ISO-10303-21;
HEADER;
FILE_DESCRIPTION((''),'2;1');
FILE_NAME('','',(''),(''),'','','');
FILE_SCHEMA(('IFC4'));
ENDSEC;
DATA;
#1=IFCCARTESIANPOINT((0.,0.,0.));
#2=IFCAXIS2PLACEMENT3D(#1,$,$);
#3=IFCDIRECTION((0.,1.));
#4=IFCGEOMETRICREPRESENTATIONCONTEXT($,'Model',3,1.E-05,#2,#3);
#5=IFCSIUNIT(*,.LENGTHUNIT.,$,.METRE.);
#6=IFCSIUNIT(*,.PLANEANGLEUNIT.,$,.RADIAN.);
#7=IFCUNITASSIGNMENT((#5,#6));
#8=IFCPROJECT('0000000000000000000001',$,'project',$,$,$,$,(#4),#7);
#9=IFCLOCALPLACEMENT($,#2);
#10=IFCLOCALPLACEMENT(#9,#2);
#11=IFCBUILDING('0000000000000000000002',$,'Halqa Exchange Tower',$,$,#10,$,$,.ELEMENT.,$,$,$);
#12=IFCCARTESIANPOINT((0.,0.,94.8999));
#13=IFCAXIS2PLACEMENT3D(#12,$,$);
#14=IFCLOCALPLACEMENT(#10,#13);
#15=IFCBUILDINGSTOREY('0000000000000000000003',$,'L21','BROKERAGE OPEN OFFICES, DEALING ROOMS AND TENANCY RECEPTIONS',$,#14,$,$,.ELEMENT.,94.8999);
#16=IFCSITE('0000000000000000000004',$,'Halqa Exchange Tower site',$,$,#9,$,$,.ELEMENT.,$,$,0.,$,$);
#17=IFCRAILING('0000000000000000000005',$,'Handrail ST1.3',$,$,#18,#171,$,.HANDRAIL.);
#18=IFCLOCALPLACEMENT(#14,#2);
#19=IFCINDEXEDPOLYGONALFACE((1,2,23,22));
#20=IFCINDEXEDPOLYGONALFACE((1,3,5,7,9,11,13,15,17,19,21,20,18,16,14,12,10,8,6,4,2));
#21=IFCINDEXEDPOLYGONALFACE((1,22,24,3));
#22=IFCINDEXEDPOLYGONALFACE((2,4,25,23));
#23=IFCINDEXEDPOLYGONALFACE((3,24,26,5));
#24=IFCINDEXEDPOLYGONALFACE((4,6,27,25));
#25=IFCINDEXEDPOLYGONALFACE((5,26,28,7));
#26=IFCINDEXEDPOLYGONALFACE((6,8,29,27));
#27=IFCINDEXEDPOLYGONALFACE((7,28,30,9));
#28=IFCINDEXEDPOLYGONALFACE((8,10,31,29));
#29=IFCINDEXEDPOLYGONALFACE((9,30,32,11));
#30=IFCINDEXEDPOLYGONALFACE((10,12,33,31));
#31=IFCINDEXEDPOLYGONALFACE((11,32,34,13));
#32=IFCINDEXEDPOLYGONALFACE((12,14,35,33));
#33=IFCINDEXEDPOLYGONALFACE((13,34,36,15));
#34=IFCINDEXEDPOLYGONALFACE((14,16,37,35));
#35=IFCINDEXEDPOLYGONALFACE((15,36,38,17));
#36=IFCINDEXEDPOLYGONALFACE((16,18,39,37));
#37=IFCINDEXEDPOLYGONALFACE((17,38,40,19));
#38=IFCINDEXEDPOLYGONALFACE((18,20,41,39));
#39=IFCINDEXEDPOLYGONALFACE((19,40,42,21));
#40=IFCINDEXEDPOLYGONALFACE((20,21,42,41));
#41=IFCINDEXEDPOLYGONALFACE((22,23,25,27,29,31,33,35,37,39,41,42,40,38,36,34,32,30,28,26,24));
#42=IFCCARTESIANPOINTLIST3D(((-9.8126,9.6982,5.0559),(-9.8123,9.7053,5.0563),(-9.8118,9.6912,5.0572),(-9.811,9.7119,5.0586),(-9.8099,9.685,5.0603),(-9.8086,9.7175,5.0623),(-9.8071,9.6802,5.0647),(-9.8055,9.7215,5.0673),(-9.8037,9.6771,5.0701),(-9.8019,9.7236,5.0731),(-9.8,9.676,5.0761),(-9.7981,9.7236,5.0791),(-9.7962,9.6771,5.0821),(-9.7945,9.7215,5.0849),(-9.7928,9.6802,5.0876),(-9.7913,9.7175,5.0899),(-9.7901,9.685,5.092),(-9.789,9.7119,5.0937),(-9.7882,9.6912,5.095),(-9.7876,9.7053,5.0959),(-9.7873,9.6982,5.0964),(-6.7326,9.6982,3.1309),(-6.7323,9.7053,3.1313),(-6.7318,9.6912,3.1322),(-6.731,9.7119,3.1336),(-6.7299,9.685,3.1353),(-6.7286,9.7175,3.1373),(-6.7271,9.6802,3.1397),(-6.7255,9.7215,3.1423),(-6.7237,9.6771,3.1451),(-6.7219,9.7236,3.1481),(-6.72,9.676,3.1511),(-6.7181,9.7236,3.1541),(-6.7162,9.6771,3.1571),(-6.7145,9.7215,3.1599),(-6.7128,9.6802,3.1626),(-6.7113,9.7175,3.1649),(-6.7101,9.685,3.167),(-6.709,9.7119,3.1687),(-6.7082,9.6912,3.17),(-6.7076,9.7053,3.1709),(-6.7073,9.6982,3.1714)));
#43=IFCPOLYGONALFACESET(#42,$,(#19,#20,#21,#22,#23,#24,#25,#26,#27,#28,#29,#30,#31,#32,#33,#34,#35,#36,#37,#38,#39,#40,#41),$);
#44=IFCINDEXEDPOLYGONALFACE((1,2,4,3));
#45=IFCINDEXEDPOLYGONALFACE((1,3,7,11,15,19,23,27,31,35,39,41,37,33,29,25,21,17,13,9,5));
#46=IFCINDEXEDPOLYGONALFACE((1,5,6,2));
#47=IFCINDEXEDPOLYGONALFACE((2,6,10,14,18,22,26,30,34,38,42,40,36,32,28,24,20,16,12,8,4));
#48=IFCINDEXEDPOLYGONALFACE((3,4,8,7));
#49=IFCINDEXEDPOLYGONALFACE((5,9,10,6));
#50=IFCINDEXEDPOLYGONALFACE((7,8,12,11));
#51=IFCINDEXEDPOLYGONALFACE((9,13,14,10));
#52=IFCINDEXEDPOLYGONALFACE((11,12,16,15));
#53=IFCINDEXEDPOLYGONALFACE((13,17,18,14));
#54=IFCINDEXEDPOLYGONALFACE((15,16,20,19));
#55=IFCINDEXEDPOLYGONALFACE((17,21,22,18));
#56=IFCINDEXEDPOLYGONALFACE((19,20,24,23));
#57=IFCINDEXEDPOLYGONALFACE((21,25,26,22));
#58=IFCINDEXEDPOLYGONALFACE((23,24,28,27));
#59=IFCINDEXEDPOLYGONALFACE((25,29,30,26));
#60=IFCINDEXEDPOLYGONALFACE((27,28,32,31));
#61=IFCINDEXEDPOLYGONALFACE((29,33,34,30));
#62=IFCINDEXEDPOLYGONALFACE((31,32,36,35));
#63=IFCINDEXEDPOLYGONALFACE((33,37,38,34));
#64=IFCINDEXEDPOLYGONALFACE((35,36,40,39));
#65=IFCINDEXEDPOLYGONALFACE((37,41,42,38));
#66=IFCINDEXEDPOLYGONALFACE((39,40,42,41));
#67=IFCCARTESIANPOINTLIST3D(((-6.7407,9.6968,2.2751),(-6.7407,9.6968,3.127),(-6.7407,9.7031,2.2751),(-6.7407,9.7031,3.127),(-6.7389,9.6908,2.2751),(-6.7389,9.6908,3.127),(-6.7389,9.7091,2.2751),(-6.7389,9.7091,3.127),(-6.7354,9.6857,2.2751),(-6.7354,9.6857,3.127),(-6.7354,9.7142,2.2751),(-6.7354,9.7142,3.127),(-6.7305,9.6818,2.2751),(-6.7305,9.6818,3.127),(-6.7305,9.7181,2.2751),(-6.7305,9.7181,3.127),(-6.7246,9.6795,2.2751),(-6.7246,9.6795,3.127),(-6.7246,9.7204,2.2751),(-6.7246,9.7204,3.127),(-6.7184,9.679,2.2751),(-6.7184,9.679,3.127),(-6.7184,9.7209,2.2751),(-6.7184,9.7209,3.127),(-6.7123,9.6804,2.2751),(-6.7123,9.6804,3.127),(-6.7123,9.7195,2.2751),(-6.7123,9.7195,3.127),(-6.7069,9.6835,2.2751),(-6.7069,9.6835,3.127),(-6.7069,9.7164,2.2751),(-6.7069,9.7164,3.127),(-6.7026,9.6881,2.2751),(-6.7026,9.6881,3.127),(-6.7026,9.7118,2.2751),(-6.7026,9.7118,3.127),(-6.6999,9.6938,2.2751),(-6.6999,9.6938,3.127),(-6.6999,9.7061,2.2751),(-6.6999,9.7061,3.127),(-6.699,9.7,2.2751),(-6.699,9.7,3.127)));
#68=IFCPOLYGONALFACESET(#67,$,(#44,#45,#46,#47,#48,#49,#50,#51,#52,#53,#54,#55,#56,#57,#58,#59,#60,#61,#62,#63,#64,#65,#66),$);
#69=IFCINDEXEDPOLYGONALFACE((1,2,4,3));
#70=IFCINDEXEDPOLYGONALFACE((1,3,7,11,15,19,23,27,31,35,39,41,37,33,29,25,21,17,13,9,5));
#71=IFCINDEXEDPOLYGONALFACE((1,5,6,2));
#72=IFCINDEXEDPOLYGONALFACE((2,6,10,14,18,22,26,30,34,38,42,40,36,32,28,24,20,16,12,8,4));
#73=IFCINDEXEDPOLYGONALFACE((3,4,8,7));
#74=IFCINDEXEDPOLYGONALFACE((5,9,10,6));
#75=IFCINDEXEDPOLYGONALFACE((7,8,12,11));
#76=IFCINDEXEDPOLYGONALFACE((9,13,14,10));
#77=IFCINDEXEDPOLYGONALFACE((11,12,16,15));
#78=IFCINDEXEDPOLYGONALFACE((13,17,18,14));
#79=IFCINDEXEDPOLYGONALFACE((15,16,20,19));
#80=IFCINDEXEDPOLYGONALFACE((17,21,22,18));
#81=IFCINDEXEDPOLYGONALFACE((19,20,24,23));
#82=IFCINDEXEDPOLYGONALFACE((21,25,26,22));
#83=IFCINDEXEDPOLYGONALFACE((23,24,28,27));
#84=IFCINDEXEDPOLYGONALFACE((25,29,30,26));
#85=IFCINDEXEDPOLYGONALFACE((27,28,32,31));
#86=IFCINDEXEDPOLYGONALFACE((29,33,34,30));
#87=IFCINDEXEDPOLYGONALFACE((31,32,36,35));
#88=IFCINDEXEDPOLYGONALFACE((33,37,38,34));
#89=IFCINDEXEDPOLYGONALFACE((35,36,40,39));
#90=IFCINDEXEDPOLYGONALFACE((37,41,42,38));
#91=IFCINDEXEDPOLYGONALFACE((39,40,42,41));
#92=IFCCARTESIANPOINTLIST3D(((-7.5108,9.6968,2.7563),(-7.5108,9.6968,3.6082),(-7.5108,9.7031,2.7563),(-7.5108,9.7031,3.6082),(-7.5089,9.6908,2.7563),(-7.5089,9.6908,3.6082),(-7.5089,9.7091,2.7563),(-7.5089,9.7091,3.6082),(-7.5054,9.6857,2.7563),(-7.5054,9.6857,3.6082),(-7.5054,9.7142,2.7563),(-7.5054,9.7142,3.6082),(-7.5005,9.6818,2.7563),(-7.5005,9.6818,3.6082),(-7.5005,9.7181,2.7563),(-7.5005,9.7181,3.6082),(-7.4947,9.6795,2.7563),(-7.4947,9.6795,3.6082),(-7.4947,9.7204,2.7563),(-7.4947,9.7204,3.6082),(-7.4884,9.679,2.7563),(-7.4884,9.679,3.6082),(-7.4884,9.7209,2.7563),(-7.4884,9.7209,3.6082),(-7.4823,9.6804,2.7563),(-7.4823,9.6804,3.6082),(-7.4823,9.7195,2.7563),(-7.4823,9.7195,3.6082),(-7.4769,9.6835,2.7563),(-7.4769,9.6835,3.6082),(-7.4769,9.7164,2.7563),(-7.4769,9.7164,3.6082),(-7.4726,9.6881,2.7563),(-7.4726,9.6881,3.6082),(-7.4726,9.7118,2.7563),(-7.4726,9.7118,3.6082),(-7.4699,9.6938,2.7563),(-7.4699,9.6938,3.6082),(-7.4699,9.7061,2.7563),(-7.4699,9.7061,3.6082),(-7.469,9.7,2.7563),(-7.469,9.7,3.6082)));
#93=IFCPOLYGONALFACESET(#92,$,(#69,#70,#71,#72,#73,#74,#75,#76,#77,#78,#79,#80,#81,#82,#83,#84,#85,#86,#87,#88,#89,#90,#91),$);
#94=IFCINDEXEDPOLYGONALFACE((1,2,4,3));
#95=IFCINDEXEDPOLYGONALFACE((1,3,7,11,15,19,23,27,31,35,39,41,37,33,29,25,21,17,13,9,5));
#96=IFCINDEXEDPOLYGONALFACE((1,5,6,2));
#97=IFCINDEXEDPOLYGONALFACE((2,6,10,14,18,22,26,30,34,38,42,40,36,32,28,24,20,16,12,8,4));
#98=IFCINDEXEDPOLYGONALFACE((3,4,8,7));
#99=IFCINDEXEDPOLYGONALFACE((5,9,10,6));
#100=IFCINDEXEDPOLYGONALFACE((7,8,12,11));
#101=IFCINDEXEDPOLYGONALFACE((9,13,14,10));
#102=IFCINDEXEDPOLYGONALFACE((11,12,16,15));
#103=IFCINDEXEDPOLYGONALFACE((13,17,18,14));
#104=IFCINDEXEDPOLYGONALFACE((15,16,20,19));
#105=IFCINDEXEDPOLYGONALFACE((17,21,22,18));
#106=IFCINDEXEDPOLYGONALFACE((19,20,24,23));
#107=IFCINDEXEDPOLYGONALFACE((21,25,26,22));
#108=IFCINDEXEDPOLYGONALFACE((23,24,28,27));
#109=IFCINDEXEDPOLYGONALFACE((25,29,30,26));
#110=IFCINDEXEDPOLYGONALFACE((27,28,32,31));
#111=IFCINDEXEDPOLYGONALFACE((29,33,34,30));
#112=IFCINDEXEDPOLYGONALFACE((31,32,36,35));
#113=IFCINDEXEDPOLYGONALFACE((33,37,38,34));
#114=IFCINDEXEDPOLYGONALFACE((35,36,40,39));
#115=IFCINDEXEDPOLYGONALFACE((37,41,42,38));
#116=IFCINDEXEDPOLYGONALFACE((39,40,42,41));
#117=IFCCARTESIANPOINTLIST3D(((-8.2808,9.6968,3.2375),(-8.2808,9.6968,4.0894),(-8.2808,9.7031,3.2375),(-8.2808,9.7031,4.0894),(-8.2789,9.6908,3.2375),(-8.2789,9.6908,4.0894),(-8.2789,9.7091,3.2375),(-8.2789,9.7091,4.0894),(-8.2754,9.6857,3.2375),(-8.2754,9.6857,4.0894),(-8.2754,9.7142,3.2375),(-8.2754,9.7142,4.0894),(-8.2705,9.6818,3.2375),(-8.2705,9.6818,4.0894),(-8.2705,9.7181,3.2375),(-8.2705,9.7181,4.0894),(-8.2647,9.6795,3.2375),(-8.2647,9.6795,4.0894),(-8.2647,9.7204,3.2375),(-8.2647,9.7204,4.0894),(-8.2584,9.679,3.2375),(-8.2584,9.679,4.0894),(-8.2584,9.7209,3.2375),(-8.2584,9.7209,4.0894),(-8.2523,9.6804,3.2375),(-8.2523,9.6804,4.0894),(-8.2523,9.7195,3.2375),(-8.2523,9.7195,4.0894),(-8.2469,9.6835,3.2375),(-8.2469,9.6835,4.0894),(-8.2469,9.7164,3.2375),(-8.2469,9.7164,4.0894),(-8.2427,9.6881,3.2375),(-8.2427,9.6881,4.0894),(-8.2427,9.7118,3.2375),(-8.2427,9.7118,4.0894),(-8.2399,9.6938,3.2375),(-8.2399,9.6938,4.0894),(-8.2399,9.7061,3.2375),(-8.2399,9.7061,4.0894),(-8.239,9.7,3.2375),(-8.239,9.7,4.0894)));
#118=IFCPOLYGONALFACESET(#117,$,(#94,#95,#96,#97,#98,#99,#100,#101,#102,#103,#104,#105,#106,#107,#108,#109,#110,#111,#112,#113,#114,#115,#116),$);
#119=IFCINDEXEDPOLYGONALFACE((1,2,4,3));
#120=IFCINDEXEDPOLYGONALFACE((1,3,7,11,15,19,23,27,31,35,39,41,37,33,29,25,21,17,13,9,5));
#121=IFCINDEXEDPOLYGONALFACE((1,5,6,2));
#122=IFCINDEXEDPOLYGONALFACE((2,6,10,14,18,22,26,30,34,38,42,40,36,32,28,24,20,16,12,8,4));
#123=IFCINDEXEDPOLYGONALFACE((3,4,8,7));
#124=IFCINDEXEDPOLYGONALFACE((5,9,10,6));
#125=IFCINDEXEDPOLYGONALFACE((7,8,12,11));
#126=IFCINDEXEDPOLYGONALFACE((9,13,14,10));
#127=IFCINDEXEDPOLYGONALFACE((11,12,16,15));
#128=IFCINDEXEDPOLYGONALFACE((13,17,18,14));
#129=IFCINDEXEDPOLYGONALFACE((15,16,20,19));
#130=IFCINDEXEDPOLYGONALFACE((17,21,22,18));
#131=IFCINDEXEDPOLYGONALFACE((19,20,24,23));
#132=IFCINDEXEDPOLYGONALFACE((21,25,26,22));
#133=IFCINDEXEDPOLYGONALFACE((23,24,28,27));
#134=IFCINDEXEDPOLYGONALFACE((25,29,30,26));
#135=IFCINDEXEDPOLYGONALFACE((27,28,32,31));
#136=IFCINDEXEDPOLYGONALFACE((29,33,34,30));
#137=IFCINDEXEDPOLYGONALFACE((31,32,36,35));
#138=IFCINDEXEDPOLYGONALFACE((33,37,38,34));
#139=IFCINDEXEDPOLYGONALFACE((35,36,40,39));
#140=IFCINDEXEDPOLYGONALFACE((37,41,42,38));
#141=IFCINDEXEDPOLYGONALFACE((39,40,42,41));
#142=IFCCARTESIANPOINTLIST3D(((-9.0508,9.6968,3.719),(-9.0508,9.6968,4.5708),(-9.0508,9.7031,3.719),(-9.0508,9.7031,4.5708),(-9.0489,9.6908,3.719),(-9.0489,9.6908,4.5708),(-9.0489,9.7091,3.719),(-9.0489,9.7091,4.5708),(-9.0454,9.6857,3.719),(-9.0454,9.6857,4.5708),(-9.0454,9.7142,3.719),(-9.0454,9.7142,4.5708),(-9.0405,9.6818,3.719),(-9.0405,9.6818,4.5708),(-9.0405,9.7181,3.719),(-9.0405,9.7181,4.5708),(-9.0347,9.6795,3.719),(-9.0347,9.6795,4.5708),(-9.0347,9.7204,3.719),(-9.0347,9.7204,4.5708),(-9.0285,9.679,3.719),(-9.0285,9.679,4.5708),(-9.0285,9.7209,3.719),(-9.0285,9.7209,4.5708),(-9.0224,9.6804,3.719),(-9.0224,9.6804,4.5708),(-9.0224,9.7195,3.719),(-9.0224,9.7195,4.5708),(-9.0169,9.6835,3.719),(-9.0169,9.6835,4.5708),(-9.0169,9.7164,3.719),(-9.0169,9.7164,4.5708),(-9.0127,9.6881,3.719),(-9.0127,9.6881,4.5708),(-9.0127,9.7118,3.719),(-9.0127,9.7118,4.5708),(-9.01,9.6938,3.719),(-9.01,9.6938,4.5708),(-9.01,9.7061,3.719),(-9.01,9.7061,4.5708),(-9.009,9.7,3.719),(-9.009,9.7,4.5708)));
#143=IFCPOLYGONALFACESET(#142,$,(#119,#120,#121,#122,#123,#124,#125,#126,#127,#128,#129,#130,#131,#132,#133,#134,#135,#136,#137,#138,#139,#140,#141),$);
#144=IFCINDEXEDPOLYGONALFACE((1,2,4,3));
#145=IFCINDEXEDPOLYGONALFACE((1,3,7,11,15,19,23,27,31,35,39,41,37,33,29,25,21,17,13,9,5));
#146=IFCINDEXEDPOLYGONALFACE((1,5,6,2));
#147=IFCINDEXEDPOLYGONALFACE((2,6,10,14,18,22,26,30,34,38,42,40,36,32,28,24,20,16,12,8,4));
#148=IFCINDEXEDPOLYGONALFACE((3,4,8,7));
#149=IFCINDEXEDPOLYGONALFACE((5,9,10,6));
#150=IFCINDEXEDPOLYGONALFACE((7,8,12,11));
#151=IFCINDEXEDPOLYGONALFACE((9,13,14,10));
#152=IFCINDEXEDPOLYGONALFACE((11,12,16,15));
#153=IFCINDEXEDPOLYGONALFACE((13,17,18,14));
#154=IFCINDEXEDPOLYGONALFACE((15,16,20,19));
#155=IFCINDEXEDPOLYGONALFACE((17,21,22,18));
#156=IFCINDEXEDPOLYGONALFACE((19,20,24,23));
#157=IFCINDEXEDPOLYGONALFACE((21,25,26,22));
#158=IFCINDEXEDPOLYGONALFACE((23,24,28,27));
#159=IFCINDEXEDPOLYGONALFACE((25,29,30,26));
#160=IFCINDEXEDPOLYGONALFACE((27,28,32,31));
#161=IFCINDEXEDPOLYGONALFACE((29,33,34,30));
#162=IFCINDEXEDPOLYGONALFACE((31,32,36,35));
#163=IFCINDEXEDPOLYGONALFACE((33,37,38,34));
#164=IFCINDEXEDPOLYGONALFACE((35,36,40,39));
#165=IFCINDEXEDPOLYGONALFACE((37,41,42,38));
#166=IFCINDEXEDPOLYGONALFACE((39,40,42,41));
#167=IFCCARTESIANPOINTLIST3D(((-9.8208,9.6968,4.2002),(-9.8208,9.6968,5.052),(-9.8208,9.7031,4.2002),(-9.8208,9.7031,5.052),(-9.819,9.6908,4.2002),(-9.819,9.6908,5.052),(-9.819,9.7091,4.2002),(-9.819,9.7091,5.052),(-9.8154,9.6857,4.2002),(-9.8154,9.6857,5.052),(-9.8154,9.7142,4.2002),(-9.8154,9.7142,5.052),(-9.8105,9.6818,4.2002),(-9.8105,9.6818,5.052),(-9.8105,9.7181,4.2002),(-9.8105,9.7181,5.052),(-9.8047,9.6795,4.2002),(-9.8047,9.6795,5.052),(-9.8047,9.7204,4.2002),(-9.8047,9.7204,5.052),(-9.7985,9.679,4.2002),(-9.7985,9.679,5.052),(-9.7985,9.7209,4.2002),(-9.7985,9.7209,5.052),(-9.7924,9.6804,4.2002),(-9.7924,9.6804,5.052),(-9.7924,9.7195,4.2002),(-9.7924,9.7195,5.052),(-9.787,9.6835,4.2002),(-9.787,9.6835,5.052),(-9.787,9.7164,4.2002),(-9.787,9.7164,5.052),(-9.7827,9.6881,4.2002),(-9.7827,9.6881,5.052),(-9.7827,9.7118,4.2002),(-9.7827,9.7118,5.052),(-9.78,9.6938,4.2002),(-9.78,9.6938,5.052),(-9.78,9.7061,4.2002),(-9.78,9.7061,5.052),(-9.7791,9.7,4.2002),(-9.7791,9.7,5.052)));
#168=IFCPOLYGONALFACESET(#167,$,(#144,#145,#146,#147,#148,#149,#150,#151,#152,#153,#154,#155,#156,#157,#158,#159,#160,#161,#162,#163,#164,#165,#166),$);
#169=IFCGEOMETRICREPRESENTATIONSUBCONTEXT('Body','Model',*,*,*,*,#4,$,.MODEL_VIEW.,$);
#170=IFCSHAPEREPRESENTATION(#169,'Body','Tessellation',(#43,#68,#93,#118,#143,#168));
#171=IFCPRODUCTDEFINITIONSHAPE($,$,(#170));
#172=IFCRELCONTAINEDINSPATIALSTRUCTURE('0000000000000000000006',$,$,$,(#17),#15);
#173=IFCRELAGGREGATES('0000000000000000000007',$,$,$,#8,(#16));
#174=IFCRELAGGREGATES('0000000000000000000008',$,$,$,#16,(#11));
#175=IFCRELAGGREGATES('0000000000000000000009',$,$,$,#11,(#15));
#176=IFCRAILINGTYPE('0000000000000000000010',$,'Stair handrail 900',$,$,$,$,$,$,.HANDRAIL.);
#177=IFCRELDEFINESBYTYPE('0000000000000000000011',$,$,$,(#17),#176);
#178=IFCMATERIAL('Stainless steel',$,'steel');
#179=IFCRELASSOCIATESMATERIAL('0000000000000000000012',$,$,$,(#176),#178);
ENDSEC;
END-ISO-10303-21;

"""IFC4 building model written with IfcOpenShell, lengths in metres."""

from ifc_helpers import new_model, si_unit, direction, frame, origin, origin_2d, place, context, subcontext, project, spatial, circle, extrude, material, type_object, element, save


model = new_model("IFC4")

# Units and contexts
model_context = context("Model", 3, precision=1e-05, world=origin(), true_north=direction((0.0, 1.0)))
body_context = subcontext(model_context, "Body", "Model", "MODEL_VIEW")
ifc_project = project(units=[si_unit("LENGTHUNIT", "METRE"), si_unit("PLANEANGLEUNIT", "RADIAN")], contexts=[model_context])

# Site, building, storey
site_placement = place(None, origin())
site = spatial("IfcSite", under=ifc_project, at=site_placement, Name="Halqa Exchange Tower site", CompositionType="ELEMENT", RefElevation=0.0)
building_placement = place(site_placement, origin())
building = spatial("IfcBuilding", under=site, at=building_placement, Name="Halqa Exchange Tower", CompositionType="ELEMENT")
storey_placement = place(building_placement, frame((0.0, 0.0, 94.8999)))
storey = spatial("IfcBuildingStorey", under=building, at=storey_placement, Name="L21", Description="BROKERAGE OPEN OFFICES, DEALING ROOMS AND TENANCY RECEPTIONS", CompositionType="ELEMENT", Elevation=94.8999)

# Railing
ifc_material_1 = material(Name="Stainless steel", Category="steel")
railing_type_1 = type_object("IfcRailingType", Name="Stair handrail 900", PredefinedType="HANDRAIL", material=ifc_material_1)
railing_1_placement = place(storey_placement, frame((-6.72, 9.7, 2.2751)))
element("IfcRailing", 1, at=railing_1_placement, inside=storey, type_object=railing_type_1, Name="Handrail ST1.3", PredefinedType="HANDRAIL", context=body_context, shape_type="SweptSolid", body=[
    extrude(circle(Radius=0.0239, at=origin_2d()), frame((0.0, 0.0, 0.876), z_axis=(-0.847998, 0.0, 0.529999), x_axis=(0.0, -1.0, 0.0)), (0.0, 0.0, 1.0), 3.6321),
    extrude(circle(Radius=0.021, at=origin_2d()), origin(), (0.0, 0.0, 1.0), 0.8518),
    extrude(circle(Radius=0.021, at=origin_2d()), frame((-0.77, 0.0, 0.4812)), (0.0, 0.0, 1.0), 0.8518),
    extrude(circle(Radius=0.021, at=origin_2d()), frame((-1.54, 0.0, 0.9624)), (0.0, 0.0, 1.0), 0.8518),
    extrude(circle(Radius=0.021, at=origin_2d()), frame((-2.3101, 0.0, 1.4438)), (0.0, 0.0, 1.0), 0.8518),
    extrude(circle(Radius=0.021, at=origin_2d()), frame((-3.0801, 0.0, 1.925)), (0.0, 0.0, 1.0), 0.8518),
])

save(model, "model.ifc")
